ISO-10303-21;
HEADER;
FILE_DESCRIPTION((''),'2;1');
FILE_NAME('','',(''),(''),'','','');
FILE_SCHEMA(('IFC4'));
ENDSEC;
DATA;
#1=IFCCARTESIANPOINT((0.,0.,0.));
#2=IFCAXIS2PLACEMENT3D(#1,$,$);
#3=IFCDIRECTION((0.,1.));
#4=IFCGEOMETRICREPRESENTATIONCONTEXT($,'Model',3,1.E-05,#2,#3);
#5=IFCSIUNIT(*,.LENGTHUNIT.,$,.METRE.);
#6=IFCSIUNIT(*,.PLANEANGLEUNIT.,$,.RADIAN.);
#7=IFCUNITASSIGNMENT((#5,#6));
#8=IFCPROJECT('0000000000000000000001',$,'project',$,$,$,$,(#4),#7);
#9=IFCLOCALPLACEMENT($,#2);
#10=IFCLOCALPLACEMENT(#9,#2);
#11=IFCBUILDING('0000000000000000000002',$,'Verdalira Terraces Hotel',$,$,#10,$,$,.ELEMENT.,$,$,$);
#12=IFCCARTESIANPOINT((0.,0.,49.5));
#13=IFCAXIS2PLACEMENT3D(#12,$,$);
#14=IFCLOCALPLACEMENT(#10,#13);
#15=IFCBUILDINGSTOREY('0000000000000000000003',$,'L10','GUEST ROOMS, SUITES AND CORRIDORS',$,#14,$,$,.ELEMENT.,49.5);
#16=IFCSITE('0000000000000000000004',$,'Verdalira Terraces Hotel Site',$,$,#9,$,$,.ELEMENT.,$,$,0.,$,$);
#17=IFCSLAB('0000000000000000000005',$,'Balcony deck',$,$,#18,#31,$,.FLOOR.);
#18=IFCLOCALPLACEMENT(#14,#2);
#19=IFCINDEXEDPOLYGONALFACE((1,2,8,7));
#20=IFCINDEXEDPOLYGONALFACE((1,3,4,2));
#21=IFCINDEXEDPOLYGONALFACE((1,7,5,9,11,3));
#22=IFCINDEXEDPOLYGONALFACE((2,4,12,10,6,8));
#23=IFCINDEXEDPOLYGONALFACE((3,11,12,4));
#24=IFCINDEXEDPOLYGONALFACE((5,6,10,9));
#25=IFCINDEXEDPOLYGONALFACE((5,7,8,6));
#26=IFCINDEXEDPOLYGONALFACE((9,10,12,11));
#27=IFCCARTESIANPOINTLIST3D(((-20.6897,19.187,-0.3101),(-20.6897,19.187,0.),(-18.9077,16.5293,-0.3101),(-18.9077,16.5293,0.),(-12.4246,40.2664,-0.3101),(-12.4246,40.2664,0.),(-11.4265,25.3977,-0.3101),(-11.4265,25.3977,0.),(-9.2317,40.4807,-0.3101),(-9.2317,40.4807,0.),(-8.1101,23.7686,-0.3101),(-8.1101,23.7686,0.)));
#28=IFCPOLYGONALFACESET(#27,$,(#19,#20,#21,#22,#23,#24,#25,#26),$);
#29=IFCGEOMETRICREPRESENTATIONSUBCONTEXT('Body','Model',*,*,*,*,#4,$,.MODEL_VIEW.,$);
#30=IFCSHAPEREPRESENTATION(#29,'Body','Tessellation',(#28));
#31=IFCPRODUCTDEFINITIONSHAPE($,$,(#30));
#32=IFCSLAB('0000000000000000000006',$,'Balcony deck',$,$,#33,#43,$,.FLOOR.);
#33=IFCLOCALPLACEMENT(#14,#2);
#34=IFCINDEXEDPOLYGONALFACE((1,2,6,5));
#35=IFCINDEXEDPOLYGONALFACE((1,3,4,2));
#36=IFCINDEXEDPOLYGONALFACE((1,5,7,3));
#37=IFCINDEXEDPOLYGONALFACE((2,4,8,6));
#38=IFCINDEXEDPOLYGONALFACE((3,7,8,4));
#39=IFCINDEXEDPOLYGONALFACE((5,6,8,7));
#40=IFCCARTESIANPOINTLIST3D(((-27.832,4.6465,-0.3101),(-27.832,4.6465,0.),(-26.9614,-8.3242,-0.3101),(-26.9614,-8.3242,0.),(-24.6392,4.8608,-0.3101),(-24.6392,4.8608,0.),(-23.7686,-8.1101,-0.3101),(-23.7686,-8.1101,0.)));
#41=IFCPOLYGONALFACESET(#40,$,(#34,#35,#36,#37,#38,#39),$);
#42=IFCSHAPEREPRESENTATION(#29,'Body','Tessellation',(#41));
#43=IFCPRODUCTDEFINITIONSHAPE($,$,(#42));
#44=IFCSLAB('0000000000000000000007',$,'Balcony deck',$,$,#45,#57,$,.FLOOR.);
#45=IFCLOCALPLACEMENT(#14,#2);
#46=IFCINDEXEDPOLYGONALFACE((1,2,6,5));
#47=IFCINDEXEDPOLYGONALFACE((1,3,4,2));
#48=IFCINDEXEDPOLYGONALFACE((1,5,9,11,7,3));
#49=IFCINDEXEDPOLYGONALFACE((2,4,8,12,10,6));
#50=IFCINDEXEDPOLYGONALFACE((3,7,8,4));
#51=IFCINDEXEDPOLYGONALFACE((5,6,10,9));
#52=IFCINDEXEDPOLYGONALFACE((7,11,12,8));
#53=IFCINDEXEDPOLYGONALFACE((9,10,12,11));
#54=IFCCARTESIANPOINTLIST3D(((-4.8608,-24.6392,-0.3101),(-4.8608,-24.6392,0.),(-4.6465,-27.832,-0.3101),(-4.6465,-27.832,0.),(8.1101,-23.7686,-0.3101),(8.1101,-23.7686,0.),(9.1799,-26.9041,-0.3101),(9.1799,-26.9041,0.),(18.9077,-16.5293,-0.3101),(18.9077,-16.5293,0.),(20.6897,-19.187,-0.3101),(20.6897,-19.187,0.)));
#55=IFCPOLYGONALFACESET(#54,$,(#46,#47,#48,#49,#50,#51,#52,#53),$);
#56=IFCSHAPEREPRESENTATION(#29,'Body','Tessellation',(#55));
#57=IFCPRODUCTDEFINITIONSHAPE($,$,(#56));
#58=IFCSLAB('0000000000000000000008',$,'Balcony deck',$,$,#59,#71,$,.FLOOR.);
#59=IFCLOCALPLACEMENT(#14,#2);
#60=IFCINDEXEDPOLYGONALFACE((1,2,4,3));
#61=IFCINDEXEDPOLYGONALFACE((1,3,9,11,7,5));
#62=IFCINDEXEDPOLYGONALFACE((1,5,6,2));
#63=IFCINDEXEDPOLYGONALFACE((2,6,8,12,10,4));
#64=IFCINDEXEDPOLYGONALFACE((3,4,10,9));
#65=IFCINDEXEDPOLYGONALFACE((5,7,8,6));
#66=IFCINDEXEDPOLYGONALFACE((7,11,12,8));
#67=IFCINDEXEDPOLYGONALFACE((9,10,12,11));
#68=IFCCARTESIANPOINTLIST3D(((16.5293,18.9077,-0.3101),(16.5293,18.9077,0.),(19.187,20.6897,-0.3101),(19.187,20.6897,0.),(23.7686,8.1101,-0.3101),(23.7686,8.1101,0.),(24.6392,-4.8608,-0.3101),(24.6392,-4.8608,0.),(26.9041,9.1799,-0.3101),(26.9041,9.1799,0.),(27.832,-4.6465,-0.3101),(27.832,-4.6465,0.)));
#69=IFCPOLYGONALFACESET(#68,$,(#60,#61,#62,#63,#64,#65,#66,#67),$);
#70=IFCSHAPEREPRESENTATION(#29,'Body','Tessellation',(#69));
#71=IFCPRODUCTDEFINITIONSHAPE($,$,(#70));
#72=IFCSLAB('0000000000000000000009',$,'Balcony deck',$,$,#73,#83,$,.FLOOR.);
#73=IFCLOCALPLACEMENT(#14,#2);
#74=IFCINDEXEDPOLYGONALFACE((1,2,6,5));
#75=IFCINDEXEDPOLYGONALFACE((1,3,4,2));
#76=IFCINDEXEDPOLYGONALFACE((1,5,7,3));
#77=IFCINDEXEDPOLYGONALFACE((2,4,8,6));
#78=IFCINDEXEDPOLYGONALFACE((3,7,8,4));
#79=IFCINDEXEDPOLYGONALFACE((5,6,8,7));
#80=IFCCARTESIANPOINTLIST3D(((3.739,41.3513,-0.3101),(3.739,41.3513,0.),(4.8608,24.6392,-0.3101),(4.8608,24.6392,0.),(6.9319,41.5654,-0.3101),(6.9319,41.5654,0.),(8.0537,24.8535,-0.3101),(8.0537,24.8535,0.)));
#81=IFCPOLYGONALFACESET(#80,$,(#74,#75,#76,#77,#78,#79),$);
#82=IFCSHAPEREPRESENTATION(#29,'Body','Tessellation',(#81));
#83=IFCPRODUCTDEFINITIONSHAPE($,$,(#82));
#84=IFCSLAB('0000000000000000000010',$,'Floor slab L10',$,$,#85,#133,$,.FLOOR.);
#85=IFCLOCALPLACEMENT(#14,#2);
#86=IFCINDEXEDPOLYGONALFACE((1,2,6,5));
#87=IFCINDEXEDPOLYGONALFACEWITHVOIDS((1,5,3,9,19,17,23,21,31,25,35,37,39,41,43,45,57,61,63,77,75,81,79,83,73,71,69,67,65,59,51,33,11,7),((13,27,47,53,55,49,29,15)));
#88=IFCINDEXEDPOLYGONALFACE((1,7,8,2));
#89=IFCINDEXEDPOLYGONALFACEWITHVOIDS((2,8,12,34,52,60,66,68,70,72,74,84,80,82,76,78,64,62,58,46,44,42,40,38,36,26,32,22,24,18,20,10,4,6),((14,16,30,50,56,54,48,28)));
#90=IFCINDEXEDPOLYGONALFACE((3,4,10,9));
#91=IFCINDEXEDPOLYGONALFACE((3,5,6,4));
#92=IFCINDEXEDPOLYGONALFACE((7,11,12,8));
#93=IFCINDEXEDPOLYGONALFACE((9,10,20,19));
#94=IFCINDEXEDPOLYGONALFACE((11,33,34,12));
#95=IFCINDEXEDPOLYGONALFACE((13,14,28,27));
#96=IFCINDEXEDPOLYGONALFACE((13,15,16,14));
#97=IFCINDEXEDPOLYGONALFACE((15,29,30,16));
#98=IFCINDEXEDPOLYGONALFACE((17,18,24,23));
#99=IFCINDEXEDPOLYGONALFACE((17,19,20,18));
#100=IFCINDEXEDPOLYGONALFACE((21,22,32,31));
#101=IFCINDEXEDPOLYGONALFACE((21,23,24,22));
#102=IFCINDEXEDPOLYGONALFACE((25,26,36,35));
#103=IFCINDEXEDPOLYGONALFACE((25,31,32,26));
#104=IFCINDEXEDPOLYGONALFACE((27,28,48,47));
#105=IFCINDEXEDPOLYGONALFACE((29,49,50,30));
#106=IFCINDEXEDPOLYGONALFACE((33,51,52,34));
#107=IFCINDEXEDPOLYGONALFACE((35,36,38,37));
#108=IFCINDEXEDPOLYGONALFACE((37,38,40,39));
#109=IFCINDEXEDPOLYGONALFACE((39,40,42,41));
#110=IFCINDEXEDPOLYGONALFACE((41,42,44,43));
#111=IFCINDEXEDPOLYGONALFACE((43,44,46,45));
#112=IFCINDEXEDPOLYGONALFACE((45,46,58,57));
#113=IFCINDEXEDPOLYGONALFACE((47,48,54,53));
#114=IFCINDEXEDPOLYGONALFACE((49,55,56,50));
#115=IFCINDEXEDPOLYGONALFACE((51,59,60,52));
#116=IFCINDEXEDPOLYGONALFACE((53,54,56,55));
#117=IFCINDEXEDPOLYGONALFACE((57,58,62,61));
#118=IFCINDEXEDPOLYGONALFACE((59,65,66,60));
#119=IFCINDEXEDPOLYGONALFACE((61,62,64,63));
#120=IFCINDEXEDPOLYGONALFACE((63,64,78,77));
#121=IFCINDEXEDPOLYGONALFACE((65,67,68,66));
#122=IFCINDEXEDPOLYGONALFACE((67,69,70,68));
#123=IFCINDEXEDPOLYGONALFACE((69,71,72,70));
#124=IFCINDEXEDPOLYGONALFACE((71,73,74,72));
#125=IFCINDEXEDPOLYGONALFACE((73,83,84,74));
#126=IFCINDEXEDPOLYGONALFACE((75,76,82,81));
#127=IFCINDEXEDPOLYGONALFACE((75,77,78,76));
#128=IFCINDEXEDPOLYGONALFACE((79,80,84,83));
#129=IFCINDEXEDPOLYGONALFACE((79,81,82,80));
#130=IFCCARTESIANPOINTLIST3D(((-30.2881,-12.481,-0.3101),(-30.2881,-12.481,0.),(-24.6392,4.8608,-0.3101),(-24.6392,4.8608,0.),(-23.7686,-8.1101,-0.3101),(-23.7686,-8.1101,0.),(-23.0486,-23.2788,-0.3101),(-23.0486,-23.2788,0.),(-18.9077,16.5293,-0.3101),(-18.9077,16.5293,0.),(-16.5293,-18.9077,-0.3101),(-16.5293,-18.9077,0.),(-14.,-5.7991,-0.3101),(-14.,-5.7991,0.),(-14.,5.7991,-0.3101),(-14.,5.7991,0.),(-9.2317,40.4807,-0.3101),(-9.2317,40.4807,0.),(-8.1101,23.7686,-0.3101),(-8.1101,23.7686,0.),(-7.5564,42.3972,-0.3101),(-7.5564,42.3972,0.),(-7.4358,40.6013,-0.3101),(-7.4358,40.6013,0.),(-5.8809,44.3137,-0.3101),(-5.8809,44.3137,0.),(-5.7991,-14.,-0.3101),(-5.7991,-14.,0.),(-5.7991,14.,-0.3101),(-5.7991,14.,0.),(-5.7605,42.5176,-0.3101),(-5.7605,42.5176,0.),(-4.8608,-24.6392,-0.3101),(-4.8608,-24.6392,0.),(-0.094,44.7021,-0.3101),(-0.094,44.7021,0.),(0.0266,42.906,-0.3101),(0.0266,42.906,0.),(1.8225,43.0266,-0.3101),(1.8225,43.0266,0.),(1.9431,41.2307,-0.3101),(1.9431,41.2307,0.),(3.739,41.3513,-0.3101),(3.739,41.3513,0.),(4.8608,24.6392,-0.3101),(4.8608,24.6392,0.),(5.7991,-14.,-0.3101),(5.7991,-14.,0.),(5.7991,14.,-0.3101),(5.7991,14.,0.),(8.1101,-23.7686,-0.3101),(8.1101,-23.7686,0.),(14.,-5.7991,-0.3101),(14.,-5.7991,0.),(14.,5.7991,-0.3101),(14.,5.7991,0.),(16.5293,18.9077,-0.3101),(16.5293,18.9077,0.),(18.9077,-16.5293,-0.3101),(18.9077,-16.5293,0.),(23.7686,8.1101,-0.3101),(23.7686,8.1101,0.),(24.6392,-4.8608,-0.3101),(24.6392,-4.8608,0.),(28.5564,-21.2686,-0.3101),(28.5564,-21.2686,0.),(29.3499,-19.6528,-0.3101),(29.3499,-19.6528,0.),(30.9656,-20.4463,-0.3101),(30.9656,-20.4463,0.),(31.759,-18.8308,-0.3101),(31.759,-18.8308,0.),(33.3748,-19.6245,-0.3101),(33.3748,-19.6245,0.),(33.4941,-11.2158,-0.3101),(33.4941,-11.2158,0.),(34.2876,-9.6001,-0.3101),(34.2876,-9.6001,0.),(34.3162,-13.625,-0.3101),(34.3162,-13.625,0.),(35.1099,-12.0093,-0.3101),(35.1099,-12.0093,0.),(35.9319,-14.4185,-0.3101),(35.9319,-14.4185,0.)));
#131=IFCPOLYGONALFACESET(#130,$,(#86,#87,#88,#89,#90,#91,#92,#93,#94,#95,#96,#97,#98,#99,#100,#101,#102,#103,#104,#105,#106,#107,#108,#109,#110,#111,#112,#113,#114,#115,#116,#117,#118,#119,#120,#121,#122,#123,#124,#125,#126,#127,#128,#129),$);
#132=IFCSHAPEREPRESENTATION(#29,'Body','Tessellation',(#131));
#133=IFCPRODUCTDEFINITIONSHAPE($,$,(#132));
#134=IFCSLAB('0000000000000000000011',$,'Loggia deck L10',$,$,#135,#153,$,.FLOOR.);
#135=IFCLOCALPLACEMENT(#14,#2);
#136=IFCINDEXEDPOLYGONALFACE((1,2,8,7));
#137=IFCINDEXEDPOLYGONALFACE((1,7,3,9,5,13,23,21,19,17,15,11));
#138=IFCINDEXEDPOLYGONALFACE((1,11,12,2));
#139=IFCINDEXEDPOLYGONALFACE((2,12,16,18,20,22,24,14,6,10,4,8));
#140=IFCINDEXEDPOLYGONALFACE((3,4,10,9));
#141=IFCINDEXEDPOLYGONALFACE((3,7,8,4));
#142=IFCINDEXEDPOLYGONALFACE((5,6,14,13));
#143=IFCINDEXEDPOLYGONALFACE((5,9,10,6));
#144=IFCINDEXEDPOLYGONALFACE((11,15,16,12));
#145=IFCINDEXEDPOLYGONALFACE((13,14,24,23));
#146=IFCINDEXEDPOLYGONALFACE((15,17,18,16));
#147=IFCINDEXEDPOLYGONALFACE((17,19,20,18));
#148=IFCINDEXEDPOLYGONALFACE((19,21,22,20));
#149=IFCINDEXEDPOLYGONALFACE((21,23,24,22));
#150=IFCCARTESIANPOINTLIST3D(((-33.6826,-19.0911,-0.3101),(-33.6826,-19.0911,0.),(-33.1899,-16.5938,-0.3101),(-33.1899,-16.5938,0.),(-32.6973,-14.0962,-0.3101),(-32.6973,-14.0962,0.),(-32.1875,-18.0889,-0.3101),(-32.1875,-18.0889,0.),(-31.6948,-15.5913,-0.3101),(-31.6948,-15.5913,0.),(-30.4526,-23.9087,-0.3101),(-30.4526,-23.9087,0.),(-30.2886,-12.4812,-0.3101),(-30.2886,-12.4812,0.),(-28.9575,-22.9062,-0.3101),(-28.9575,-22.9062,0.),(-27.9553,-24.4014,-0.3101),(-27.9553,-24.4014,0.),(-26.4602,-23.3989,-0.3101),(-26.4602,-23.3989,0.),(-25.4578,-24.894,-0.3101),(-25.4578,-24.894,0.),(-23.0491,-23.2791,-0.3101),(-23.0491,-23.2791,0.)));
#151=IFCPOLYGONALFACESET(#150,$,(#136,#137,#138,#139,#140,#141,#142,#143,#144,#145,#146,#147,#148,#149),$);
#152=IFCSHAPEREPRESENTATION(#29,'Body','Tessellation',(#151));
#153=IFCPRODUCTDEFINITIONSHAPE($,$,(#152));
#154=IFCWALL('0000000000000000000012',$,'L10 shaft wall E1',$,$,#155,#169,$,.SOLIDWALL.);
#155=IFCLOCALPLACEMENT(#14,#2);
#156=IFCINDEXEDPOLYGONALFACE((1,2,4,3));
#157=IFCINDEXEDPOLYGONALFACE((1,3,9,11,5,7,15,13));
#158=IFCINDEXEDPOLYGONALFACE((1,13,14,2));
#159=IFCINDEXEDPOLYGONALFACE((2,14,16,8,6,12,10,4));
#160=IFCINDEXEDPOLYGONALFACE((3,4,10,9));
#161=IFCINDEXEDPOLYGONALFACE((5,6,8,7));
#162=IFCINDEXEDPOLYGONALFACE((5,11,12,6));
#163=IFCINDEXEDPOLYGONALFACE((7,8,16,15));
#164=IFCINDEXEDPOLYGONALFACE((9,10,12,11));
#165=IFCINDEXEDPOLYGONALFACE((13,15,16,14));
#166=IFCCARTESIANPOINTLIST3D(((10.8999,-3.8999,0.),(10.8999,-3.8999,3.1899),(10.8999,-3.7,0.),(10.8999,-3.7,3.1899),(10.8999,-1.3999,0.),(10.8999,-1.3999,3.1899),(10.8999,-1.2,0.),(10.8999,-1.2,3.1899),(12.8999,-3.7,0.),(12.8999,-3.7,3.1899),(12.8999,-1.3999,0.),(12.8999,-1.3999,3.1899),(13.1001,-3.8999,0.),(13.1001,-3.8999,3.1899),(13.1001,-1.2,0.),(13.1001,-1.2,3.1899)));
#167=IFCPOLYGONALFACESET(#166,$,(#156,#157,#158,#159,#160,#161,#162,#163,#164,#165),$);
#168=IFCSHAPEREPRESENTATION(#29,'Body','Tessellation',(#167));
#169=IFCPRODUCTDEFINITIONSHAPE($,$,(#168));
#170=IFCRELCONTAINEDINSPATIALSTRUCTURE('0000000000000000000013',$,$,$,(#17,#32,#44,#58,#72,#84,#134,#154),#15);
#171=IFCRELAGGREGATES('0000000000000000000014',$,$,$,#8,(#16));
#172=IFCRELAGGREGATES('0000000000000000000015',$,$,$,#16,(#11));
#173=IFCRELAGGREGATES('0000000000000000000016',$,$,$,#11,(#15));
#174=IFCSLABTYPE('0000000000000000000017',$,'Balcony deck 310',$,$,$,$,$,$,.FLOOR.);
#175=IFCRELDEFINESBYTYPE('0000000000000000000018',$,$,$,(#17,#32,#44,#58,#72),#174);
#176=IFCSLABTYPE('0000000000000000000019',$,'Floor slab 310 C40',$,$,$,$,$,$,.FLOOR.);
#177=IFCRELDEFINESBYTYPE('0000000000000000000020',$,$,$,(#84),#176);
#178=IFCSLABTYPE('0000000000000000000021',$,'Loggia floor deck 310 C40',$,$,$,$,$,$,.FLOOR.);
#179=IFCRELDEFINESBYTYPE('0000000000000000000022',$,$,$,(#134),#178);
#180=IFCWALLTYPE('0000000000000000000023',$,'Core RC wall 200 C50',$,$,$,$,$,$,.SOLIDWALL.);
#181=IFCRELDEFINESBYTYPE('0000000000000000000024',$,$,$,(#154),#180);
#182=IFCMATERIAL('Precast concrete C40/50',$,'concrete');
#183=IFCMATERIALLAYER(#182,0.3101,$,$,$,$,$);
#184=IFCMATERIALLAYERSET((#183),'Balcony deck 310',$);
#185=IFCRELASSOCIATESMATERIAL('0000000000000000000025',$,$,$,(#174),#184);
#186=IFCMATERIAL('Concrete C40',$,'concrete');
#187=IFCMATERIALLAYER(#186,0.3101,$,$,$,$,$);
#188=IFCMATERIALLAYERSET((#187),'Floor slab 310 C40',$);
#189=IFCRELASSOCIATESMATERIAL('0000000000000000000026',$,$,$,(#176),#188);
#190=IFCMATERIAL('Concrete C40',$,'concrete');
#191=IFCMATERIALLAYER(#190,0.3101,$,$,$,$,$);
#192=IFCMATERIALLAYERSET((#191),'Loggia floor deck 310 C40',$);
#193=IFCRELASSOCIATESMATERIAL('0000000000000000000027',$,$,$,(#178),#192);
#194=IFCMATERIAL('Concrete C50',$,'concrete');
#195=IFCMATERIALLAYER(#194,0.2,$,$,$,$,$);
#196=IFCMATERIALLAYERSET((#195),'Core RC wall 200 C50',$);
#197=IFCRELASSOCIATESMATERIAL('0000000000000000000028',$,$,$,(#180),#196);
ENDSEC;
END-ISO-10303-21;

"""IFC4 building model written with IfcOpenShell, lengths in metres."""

from ifc_helpers import new_model, si_unit, direction, frame, origin, place, context, subcontext, project, spatial, polyline, outline, extrude, material, layer, layer_set, type_object, element, save


model = new_model("IFC4")

# Units and contexts
model_context = context("Model", 3, precision=1e-05, world=origin(), true_north=direction((0.0, 1.0)))
body_context = subcontext(model_context, "Body", "Model", "MODEL_VIEW")
ifc_project = project(units=[si_unit("LENGTHUNIT", "METRE"), si_unit("PLANEANGLEUNIT", "RADIAN")], contexts=[model_context])

# Site, building, storey
site_placement = place(None, origin())
site = spatial("IfcSite", under=ifc_project, at=site_placement, Name="Verdalira Terraces Hotel Site", CompositionType="ELEMENT", RefElevation=0.0)
building_placement = place(site_placement, origin())
building = spatial("IfcBuilding", under=site, at=building_placement, Name="Verdalira Terraces Hotel", CompositionType="ELEMENT")
storey_placement = place(building_placement, frame((0.0, 0.0, 49.5)))
storey = spatial("IfcBuildingStorey", under=building, at=storey_placement, Name="L10", Description="GUEST ROOMS, SUITES AND CORRIDORS", CompositionType="ELEMENT", Elevation=49.5)

# Slabs
ifc_material_1 = material(Name="Precast concrete C40/50", Category="concrete")
ifc_layer_1 = layer(ifc_material_1, 0.3101)
ifc_layer_set_1 = layer_set([ifc_layer_1], Name="Balcony deck 310")
slab_type_1 = type_object("IfcSlabType", Name="Balcony deck 310", PredefinedType="FLOOR", material=ifc_layer_set_1)
slab_1_placement = place(storey_placement, frame((0.0, 0.0, -0.3101)))
element("IfcSlab", 1, at=slab_1_placement, inside=storey, type_object=slab_type_1, Name="Balcony deck", PredefinedType="FLOOR", context=body_context, shape_type="SweptSolid", body=[
    extrude(outline(polyline([(-11.4265, 25.3977), (-20.6897, 19.187), (-18.9077, 16.5293), (-8.1101, 23.7686), (-9.2317, 40.4807), (-12.4246, 40.2664), (-11.4265, 25.3977)])), origin(), (0.0, 0.0, 1.0), 0.3101),
])
slab_2_placement = place(storey_placement, frame((0.0, 0.0, -0.3101)))
element("IfcSlab", 2, at=slab_2_placement, inside=storey, type_object=slab_type_1, Name="Balcony deck", PredefinedType="FLOOR", context=body_context, shape_type="SweptSolid", body=[
    extrude(outline(polyline([(-26.9614, -8.3242), (-23.7686, -8.1101), (-24.6392, 4.8608), (-27.832, 4.6465), (-26.9614, -8.3242)])), origin(), (0.0, 0.0, 1.0), 0.3101),
])
slab_3_placement = place(storey_placement, frame((0.0, 0.0, -0.3101)))
element("IfcSlab", 3, at=slab_3_placement, inside=storey, type_object=slab_type_1, Name="Balcony deck", PredefinedType="FLOOR", context=body_context, shape_type="SweptSolid", body=[
    extrude(outline(polyline([(20.6897, -19.187), (18.9077, -16.5293), (8.1101, -23.7686), (-4.8608, -24.6392), (-4.6465, -27.832), (9.1799, -26.9041), (20.6897, -19.187)])), origin(), (0.0, 0.0, 1.0), 0.3101),
])
slab_4_placement = place(storey_placement, frame((0.0, 0.0, -0.3101)))
element("IfcSlab", 4, at=slab_4_placement, inside=storey, type_object=slab_type_1, Name="Balcony deck", PredefinedType="FLOOR", context=body_context, shape_type="SweptSolid", body=[
    extrude(outline(polyline([(19.187, 20.6897), (16.5293, 18.9077), (23.7686, 8.1101), (24.6392, -4.8608), (27.832, -4.6465), (26.9041, 9.1799), (19.187, 20.6897)])), origin(), (0.0, 0.0, 1.0), 0.3101),
])
slab_5_placement = place(storey_placement, frame((0.0, 0.0, -0.3101)))
element("IfcSlab", 5, at=slab_5_placement, inside=storey, type_object=slab_type_1, Name="Balcony deck", PredefinedType="FLOOR", context=body_context, shape_type="SweptSolid", body=[
    extrude(outline(polyline([(6.9319, 41.5654), (3.739, 41.3513), (4.8608, 24.6392), (8.0537, 24.8535), (6.9319, 41.5654)])), origin(), (0.0, 0.0, 1.0), 0.3101),
])
ifc_material_2 = material(Name="Concrete C40", Category="concrete")
ifc_layer_2 = layer(ifc_material_2, 0.3101)
ifc_layer_set_2 = layer_set([ifc_layer_2], Name="Floor slab 310 C40")
slab_type_2 = type_object("IfcSlabType", Name="Floor slab 310 C40", PredefinedType="FLOOR", material=ifc_layer_set_2)
slab_6_placement = place(storey_placement, frame((0.0, 0.0, -0.3101)))
element("IfcSlab", 6, at=slab_6_placement, inside=storey, type_object=slab_type_2, Name="Floor slab L10", PredefinedType="FLOOR", context=body_context, shape_type="SweptSolid", body=[
    extrude(outline(polyline([(-24.6392, 4.8608), (-23.7686, -8.1101), (-30.2881, -12.481), (-23.0486, -23.2788), (-16.5293, -18.9077), (-4.8608, -24.6392), (8.1101, -23.7686), (18.9077, -16.5293), (28.5564, -21.2686), (29.3499, -19.6528), (30.9656, -20.4463), (31.759, -18.8308), (33.3748, -19.6245), (35.9319, -14.4185), (34.3162, -13.625), (35.1099, -12.0093), (33.4941, -11.2158), (34.2876, -9.6001), (24.6392, -4.8608), (23.7686, 8.1101), (16.5293, 18.9077), (4.8608, 24.6392), (3.739, 41.3513), (1.9431, 41.2307), (1.8225, 43.0266), (0.0266, 42.906), (-0.094, 44.7021), (-5.8809, 44.3137), (-5.7605, 42.5176), (-7.5564, 42.3972), (-7.4358, 40.6013), (-9.2317, 40.4807), (-8.1101, 23.7686), (-18.9077, 16.5293), (-24.6392, 4.8608)]), holes=[polyline([(5.7991, 14.0), (14.0, 5.7991), (14.0, -5.7991), (5.7991, -14.0), (-5.7991, -14.0), (-14.0, -5.7991), (-14.0, 5.7991), (-5.7991, 14.0), (5.7991, 14.0)])]), origin(), (0.0, 0.0, 1.0), 0.3101),
])
ifc_material_3 = material(Name="Concrete C40", Category="concrete")
ifc_layer_3 = layer(ifc_material_3, 0.3101)
ifc_layer_set_3 = layer_set([ifc_layer_3], Name="Loggia floor deck 310 C40")
slab_type_3 = type_object("IfcSlabType", Name="Loggia floor deck 310 C40", PredefinedType="FLOOR", material=ifc_layer_set_3)
slab_7_placement = place(storey_placement, frame((0.0, 0.0, -0.3101)))
element("IfcSlab", 7, at=slab_7_placement, inside=storey, type_object=slab_type_3, Name="Loggia deck L10", PredefinedType="FLOOR", context=body_context, shape_type="SweptSolid", body=[
    extrude(outline(polyline([(-25.4578, -24.894), (-23.0491, -23.2791), (-30.2886, -12.4812), (-32.6973, -14.0962), (-31.6948, -15.5913), (-33.1899, -16.5938), (-32.1875, -18.0889), (-33.6826, -19.0911), (-30.4526, -23.9087), (-28.9575, -22.9062), (-27.9553, -24.4014), (-26.4602, -23.3989), (-25.4578, -24.894)])), origin(), (0.0, 0.0, 1.0), 0.3101),
])

# Wall
ifc_material_4 = material(Name="Concrete C50", Category="concrete")
ifc_layer_4 = layer(ifc_material_4, 0.2)
ifc_layer_set_4 = layer_set([ifc_layer_4], Name="Core RC wall 200 C50")
wall_type_1 = type_object("IfcWallType", Name="Core RC wall 200 C50", PredefinedType="SOLIDWALL", material=ifc_layer_set_4)
wall_1_placement = place(storey_placement, origin())
element("IfcWall", 8, at=wall_1_placement, inside=storey, type_object=wall_type_1, Name="L10 shaft wall E1", PredefinedType="SOLIDWALL", context=body_context, shape_type="SweptSolid", body=[
    extrude(outline(polyline([(13.1001, -3.8999), (10.8999, -3.8999), (10.8999, -3.7), (12.8999, -3.7), (12.8999, -1.3999), (10.8999, -1.3999), (10.8999, -1.2), (13.1001, -1.2), (13.1001, -3.8999)])), origin(), (0.0, 0.0, 1.0), 3.1899),
])

save(model, "model.ifc")
